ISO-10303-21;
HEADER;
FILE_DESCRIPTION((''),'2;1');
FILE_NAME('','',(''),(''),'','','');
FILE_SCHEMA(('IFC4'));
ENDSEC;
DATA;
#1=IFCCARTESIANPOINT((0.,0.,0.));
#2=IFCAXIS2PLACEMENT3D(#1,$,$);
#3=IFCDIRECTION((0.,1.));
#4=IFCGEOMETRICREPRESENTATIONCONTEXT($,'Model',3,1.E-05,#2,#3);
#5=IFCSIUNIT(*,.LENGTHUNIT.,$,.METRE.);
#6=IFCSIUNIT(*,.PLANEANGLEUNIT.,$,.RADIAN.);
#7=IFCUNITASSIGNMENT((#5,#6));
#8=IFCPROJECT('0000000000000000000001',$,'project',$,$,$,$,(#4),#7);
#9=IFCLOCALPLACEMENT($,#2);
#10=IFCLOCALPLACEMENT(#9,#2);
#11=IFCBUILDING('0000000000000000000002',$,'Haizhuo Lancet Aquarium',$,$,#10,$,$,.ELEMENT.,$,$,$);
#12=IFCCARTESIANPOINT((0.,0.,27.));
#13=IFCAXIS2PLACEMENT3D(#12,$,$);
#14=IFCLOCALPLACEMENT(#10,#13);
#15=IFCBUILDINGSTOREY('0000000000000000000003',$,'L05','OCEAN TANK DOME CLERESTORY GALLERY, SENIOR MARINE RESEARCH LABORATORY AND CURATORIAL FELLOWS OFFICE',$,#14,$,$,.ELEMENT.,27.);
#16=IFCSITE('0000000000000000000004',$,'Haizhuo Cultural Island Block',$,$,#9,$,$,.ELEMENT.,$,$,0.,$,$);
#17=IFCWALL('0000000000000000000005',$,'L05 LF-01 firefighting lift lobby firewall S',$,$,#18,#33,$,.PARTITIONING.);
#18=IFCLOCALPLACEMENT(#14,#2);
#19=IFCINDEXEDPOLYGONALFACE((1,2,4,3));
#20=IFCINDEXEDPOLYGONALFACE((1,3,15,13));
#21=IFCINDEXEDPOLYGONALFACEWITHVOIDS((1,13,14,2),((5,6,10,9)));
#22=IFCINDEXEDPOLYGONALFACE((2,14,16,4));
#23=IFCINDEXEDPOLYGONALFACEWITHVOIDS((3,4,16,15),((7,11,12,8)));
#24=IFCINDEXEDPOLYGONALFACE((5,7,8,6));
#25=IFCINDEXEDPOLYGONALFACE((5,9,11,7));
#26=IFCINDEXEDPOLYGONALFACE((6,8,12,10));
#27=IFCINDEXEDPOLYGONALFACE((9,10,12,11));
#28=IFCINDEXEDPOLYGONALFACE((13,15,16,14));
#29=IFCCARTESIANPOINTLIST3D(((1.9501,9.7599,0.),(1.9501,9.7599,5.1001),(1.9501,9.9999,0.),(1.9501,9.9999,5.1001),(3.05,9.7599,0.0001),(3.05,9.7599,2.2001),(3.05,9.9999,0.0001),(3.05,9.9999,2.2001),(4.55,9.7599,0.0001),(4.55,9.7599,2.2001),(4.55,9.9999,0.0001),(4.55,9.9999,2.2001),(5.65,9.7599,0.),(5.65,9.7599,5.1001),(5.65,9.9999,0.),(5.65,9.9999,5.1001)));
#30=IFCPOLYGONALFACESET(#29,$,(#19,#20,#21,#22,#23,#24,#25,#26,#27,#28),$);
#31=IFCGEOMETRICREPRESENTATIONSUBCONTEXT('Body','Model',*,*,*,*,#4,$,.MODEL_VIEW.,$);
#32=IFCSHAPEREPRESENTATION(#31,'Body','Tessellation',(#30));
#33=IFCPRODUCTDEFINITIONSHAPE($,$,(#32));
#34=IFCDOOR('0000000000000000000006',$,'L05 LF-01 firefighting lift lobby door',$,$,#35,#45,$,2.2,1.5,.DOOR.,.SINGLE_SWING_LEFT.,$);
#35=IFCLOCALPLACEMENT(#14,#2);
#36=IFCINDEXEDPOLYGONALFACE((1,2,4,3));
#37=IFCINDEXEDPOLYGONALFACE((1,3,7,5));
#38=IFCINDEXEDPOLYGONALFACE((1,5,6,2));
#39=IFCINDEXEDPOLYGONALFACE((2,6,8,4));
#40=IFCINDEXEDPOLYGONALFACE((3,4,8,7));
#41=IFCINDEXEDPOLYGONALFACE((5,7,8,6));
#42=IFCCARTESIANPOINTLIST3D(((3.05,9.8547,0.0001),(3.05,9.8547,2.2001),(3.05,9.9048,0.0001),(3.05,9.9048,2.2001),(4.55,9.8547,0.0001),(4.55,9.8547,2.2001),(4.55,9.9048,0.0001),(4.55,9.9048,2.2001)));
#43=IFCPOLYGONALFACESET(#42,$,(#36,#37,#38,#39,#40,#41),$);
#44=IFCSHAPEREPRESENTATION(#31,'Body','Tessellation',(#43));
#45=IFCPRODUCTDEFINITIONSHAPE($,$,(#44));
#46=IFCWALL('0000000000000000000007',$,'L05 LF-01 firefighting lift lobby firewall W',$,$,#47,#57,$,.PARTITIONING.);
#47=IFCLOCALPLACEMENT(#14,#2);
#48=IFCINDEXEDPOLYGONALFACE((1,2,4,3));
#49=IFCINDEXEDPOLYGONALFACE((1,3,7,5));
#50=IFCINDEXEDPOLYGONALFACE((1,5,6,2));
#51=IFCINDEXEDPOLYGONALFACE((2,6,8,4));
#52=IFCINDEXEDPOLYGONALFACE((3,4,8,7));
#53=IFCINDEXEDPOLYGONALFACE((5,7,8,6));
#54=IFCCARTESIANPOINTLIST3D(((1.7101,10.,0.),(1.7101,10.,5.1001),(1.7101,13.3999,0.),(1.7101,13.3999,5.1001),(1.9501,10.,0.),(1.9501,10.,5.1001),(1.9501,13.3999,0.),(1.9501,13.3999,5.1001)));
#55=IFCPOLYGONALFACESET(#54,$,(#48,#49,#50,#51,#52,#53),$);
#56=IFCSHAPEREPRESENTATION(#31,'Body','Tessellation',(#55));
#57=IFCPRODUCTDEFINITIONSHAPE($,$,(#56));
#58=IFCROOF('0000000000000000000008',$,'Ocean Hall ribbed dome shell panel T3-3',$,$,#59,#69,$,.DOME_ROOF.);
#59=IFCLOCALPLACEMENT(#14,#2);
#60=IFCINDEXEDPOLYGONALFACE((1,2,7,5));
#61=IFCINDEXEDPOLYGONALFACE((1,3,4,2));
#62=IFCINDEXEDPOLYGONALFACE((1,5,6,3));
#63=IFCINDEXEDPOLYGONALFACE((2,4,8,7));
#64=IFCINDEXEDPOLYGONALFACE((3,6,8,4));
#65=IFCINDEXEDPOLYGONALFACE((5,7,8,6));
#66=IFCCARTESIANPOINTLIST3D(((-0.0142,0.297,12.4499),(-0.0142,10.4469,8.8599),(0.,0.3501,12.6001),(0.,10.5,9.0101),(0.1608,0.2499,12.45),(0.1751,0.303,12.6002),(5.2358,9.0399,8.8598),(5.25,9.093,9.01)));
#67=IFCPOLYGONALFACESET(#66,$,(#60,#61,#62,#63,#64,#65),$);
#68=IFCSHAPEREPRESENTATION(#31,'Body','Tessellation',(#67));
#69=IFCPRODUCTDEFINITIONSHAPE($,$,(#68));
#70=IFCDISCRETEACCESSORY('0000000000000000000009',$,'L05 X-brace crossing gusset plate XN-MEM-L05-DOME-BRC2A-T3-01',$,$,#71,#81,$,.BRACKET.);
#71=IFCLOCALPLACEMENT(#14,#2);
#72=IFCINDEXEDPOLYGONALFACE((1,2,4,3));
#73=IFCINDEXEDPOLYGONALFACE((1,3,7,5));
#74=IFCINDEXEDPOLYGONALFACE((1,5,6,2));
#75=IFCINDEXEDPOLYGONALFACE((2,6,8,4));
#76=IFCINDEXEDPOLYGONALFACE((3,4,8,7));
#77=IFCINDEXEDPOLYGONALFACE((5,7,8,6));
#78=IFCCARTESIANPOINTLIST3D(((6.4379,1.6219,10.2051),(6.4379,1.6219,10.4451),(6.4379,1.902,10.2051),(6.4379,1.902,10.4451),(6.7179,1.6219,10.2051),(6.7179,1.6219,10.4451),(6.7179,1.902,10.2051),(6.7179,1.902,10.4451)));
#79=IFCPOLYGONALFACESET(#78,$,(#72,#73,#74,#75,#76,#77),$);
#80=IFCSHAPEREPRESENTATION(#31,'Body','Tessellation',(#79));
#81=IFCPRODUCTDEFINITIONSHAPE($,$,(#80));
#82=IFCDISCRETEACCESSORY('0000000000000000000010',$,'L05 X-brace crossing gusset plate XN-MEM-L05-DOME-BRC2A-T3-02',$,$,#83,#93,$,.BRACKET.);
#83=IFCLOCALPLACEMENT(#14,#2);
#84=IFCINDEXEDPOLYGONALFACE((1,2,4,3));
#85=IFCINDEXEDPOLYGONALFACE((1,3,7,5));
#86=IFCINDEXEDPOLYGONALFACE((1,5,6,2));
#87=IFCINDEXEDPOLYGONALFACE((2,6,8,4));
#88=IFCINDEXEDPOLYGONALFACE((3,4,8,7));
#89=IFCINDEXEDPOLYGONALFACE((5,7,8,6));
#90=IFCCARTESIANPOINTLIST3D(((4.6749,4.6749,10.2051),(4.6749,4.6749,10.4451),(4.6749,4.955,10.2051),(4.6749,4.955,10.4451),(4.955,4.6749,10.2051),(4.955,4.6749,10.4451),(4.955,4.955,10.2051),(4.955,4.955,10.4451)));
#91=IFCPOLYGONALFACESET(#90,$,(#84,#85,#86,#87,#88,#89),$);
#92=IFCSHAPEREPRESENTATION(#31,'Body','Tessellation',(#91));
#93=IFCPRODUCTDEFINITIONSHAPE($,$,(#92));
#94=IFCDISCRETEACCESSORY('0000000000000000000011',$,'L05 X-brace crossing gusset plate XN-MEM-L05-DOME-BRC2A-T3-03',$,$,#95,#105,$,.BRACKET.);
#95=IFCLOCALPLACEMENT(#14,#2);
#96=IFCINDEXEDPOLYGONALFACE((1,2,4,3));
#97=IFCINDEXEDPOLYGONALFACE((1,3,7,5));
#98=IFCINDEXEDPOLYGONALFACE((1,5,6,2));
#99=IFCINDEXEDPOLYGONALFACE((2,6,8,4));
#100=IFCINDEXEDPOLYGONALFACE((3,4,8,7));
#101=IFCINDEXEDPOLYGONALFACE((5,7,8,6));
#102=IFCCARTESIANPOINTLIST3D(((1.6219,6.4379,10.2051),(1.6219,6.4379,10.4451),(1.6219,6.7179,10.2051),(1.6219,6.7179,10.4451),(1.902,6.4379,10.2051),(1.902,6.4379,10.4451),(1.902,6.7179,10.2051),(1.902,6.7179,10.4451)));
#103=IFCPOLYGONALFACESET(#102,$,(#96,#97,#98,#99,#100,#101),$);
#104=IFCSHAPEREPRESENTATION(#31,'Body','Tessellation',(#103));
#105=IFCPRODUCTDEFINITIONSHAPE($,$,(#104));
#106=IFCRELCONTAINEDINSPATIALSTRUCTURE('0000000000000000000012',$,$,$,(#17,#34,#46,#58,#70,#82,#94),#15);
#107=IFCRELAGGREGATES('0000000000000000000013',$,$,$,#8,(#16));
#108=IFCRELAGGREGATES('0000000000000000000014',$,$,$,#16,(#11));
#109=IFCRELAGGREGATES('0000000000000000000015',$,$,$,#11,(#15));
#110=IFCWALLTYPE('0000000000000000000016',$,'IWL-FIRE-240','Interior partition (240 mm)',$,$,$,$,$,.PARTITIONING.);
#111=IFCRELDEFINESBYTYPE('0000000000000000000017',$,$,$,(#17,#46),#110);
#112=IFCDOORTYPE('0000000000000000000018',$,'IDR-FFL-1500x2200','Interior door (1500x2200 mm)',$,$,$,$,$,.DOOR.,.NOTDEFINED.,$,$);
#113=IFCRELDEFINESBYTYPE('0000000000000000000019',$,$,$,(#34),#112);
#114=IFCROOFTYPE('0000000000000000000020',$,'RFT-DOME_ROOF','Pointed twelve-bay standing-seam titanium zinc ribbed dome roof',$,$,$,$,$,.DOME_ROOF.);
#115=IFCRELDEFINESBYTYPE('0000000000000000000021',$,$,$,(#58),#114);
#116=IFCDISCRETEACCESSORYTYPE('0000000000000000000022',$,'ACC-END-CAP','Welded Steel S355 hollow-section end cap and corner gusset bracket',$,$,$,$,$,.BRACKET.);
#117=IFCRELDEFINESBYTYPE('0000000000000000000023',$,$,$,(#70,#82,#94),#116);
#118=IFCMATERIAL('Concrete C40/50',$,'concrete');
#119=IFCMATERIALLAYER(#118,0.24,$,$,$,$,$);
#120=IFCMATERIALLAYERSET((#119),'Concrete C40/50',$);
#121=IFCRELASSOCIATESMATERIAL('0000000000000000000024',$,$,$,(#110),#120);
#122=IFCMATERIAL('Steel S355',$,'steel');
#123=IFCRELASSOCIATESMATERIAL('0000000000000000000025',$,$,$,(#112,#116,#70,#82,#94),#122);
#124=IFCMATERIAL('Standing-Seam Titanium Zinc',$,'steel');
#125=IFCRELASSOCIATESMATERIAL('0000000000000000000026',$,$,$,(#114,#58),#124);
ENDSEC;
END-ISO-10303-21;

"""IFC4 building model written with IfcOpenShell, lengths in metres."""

from ifc_helpers import new_model, si_unit, direction, frame, frame_2d, origin, origin_2d, place, context, subcontext, project, spatial, polyline, rectangle, outline, extrude, material, layer, layer_set, type_object, element, fill, save


model = new_model("IFC4")

# Units and contexts
model_context = context("Model", 3, precision=1e-05, world=origin(), true_north=direction((0.0, 1.0)))
body_context = subcontext(model_context, "Body", "Model", "MODEL_VIEW")
ifc_project = project(units=[si_unit("LENGTHUNIT", "METRE"), si_unit("PLANEANGLEUNIT", "RADIAN")], contexts=[model_context])

# Site, building, storey
site_placement = place(None, origin())
site = spatial("IfcSite", under=ifc_project, at=site_placement, Name="Haizhuo Cultural Island Block", CompositionType="ELEMENT", RefElevation=0.0)
building_placement = place(site_placement, origin())
building = spatial("IfcBuilding", under=site, at=building_placement, Name="Haizhuo Lancet Aquarium", CompositionType="ELEMENT")
storey_placement = place(building_placement, frame((0.0, 0.0, 27.0)))
storey = spatial("IfcBuildingStorey", under=building, at=storey_placement, Name="L05", Description="OCEAN TANK DOME CLERESTORY GALLERY, SENIOR MARINE RESEARCH LABORATORY AND CURATORIAL FELLOWS OFFICE", CompositionType="ELEMENT", Elevation=27.0)

# Shared definitions
ifc_material_1 = material(Name="Steel S355", Category="steel")
ifc_material_2 = material(Name="Concrete C40/50", Category="concrete")

# Wall, opening, door
ifc_layer_1 = layer(ifc_material_2, 0.24)
ifc_layer_set_1 = layer_set([ifc_layer_1], Name="Concrete C40/50")
wall_type = type_object("IfcWallType", Name="IWL-FIRE-240", Description="Interior partition (240 mm)", PredefinedType="PARTITIONING", material=ifc_layer_set_1)
wall_1_placement = place(storey_placement, frame((1.95, 9.8799, 0.0), z_axis=(0.0, 0.0, 1.0), x_axis=(1.0, 0.0, 0.0)))
wall_1 = element("IfcWall", 1, at=wall_1_placement, inside=storey, type_object=wall_type, Name="L05 LF-01 firefighting lift lobby firewall S", PredefinedType="PARTITIONING", context=body_context, shape_type="SweptSolid", body=[
    extrude(rectangle(XDim=3.7, YDim=0.24, at=frame_2d((1.8501, 0.0))), origin(), (0.0, 0.0, 1.0), 5.1001),
])
opening_placement = place(wall_1_placement, frame((1.1001, 0.0, 0.0)))
opening = element("IfcOpeningElement", 2, at=opening_placement, cuts=wall_1, PredefinedType="OPENING", context=body_context, shape_type="SweptSolid", body=[
    extrude(rectangle(XDim=1.5, YDim=2.2, at=frame_2d((0.75, 1.1001))), frame((0.0, 0.1299, 0.0), z_axis=(0.0, -1.0, 0.0), x_axis=(1.0, 0.0, 0.0)), (0.0, 0.0, 1.0), 0.26),
])
door_type = type_object("IfcDoorType", Name="IDR-FFL-1500x2200", Description="Interior door (1500x2200 mm)", OperationType="NOTDEFINED", PredefinedType="DOOR", material=ifc_material_1)
door_placement = place(opening_placement, origin())
door = element("IfcDoor", 3, at=door_placement, inside=storey, type_object=door_type, Name="L05 LF-01 firefighting lift lobby door", OperationType="SINGLE_SWING_LEFT", OverallHeight=2.2, OverallWidth=1.5, PredefinedType="DOOR", context=body_context, shape_type="SweptSolid", body=[
    extrude(rectangle(XDim=1.5, YDim=2.2, at=frame_2d((0.75, 1.1001))), frame((0.0, 0.0249, 0.0), z_axis=(0.0, -1.0, 0.0), x_axis=(1.0, 0.0, 0.0)), (0.0, 0.0, 1.0), 0.05),
])
fill(opening, door)

# Wall
wall_2_placement = place(storey_placement, frame((1.8301, 10.0, 0.0), z_axis=(0.0, 0.0, 1.0), x_axis=(0.0, 1.0, 0.0)))
element("IfcWall", 4, at=wall_2_placement, inside=storey, type_object=wall_type, Name="L05 LF-01 firefighting lift lobby firewall W", PredefinedType="PARTITIONING", context=body_context, shape_type="SweptSolid", body=[
    extrude(rectangle(XDim=3.3999, YDim=0.24, at=frame_2d((1.7, 0.0))), origin(), (0.0, 0.0, 1.0), 5.1001),
])

# Roof
ifc_material_3 = material(Name="Standing-Seam Titanium Zinc", Category="steel")
roof_type = type_object("IfcRoofType", Name="RFT-DOME_ROOF", Description="Pointed twelve-bay standing-seam titanium zinc ribbed dome roof", PredefinedType="DOME_ROOF", material=ifc_material_3)
roof_placement = place(storey_placement, frame((5.25, 9.093, 9.01), z_axis=(0.089023, 0.332132, 0.939023), x_axis=(-0.965913, 0.258866, 0.000011)))
element("IfcRoof", 5, at=roof_placement, inside=storey, type_object=roof_type, material=ifc_material_3, Name="Ocean Hall ribbed dome shell panel T3-3", PredefinedType="DOME_ROOF", context=body_context, shape_type="SweptSolid", body=[
    extrude(outline(polyline([(0.0, 0.0), (5.4353, 0.0), (2.8078, 10.4406), (2.6266, 10.4408), (0.0, 0.0)])), origin(), (0.0, 0.0, -1.0), 0.1599),
])

# Discrete accessories
discrete_accessory_type = type_object("IfcDiscreteAccessoryType", Name="ACC-END-CAP", Description="Welded Steel S355 hollow-section end cap and corner gusset bracket", PredefinedType="BRACKET", material=ifc_material_1)
for number, where, z_axis, x_axis, name in (
    (6, (6.5779, 1.762, 10.2051), (0.0, 0.0, 1.0), (1.0, 0.0, 0.0), "L05 X-brace crossing gusset plate XN-MEM-L05-DOME-BRC2A-T3-01"),
    (7, (4.8149, 4.8149, 10.2051), (0.0, 0.0, 1.0), (1.0, 0.0, 0.0), "L05 X-brace crossing gusset plate XN-MEM-L05-DOME-BRC2A-T3-02"),
    (8, (1.762, 6.5779, 10.2051), (0.0, 0.0, 1.0), (1.0, 0.0, 0.0), "L05 X-brace crossing gusset plate XN-MEM-L05-DOME-BRC2A-T3-03"),
):
    element("IfcDiscreteAccessory", number, at=place(storey_placement, frame(where, z_axis=z_axis, x_axis=x_axis)), inside=storey, type_object=discrete_accessory_type, material=ifc_material_1, Name=name, PredefinedType="BRACKET", context=body_context, shape_type="SweptSolid", body=[
        extrude(rectangle(XDim=0.28, YDim=0.28, at=origin_2d()), origin(), (0.0, 0.0, 1.0), 0.24),
    ])

save(model, "model.ifc")
